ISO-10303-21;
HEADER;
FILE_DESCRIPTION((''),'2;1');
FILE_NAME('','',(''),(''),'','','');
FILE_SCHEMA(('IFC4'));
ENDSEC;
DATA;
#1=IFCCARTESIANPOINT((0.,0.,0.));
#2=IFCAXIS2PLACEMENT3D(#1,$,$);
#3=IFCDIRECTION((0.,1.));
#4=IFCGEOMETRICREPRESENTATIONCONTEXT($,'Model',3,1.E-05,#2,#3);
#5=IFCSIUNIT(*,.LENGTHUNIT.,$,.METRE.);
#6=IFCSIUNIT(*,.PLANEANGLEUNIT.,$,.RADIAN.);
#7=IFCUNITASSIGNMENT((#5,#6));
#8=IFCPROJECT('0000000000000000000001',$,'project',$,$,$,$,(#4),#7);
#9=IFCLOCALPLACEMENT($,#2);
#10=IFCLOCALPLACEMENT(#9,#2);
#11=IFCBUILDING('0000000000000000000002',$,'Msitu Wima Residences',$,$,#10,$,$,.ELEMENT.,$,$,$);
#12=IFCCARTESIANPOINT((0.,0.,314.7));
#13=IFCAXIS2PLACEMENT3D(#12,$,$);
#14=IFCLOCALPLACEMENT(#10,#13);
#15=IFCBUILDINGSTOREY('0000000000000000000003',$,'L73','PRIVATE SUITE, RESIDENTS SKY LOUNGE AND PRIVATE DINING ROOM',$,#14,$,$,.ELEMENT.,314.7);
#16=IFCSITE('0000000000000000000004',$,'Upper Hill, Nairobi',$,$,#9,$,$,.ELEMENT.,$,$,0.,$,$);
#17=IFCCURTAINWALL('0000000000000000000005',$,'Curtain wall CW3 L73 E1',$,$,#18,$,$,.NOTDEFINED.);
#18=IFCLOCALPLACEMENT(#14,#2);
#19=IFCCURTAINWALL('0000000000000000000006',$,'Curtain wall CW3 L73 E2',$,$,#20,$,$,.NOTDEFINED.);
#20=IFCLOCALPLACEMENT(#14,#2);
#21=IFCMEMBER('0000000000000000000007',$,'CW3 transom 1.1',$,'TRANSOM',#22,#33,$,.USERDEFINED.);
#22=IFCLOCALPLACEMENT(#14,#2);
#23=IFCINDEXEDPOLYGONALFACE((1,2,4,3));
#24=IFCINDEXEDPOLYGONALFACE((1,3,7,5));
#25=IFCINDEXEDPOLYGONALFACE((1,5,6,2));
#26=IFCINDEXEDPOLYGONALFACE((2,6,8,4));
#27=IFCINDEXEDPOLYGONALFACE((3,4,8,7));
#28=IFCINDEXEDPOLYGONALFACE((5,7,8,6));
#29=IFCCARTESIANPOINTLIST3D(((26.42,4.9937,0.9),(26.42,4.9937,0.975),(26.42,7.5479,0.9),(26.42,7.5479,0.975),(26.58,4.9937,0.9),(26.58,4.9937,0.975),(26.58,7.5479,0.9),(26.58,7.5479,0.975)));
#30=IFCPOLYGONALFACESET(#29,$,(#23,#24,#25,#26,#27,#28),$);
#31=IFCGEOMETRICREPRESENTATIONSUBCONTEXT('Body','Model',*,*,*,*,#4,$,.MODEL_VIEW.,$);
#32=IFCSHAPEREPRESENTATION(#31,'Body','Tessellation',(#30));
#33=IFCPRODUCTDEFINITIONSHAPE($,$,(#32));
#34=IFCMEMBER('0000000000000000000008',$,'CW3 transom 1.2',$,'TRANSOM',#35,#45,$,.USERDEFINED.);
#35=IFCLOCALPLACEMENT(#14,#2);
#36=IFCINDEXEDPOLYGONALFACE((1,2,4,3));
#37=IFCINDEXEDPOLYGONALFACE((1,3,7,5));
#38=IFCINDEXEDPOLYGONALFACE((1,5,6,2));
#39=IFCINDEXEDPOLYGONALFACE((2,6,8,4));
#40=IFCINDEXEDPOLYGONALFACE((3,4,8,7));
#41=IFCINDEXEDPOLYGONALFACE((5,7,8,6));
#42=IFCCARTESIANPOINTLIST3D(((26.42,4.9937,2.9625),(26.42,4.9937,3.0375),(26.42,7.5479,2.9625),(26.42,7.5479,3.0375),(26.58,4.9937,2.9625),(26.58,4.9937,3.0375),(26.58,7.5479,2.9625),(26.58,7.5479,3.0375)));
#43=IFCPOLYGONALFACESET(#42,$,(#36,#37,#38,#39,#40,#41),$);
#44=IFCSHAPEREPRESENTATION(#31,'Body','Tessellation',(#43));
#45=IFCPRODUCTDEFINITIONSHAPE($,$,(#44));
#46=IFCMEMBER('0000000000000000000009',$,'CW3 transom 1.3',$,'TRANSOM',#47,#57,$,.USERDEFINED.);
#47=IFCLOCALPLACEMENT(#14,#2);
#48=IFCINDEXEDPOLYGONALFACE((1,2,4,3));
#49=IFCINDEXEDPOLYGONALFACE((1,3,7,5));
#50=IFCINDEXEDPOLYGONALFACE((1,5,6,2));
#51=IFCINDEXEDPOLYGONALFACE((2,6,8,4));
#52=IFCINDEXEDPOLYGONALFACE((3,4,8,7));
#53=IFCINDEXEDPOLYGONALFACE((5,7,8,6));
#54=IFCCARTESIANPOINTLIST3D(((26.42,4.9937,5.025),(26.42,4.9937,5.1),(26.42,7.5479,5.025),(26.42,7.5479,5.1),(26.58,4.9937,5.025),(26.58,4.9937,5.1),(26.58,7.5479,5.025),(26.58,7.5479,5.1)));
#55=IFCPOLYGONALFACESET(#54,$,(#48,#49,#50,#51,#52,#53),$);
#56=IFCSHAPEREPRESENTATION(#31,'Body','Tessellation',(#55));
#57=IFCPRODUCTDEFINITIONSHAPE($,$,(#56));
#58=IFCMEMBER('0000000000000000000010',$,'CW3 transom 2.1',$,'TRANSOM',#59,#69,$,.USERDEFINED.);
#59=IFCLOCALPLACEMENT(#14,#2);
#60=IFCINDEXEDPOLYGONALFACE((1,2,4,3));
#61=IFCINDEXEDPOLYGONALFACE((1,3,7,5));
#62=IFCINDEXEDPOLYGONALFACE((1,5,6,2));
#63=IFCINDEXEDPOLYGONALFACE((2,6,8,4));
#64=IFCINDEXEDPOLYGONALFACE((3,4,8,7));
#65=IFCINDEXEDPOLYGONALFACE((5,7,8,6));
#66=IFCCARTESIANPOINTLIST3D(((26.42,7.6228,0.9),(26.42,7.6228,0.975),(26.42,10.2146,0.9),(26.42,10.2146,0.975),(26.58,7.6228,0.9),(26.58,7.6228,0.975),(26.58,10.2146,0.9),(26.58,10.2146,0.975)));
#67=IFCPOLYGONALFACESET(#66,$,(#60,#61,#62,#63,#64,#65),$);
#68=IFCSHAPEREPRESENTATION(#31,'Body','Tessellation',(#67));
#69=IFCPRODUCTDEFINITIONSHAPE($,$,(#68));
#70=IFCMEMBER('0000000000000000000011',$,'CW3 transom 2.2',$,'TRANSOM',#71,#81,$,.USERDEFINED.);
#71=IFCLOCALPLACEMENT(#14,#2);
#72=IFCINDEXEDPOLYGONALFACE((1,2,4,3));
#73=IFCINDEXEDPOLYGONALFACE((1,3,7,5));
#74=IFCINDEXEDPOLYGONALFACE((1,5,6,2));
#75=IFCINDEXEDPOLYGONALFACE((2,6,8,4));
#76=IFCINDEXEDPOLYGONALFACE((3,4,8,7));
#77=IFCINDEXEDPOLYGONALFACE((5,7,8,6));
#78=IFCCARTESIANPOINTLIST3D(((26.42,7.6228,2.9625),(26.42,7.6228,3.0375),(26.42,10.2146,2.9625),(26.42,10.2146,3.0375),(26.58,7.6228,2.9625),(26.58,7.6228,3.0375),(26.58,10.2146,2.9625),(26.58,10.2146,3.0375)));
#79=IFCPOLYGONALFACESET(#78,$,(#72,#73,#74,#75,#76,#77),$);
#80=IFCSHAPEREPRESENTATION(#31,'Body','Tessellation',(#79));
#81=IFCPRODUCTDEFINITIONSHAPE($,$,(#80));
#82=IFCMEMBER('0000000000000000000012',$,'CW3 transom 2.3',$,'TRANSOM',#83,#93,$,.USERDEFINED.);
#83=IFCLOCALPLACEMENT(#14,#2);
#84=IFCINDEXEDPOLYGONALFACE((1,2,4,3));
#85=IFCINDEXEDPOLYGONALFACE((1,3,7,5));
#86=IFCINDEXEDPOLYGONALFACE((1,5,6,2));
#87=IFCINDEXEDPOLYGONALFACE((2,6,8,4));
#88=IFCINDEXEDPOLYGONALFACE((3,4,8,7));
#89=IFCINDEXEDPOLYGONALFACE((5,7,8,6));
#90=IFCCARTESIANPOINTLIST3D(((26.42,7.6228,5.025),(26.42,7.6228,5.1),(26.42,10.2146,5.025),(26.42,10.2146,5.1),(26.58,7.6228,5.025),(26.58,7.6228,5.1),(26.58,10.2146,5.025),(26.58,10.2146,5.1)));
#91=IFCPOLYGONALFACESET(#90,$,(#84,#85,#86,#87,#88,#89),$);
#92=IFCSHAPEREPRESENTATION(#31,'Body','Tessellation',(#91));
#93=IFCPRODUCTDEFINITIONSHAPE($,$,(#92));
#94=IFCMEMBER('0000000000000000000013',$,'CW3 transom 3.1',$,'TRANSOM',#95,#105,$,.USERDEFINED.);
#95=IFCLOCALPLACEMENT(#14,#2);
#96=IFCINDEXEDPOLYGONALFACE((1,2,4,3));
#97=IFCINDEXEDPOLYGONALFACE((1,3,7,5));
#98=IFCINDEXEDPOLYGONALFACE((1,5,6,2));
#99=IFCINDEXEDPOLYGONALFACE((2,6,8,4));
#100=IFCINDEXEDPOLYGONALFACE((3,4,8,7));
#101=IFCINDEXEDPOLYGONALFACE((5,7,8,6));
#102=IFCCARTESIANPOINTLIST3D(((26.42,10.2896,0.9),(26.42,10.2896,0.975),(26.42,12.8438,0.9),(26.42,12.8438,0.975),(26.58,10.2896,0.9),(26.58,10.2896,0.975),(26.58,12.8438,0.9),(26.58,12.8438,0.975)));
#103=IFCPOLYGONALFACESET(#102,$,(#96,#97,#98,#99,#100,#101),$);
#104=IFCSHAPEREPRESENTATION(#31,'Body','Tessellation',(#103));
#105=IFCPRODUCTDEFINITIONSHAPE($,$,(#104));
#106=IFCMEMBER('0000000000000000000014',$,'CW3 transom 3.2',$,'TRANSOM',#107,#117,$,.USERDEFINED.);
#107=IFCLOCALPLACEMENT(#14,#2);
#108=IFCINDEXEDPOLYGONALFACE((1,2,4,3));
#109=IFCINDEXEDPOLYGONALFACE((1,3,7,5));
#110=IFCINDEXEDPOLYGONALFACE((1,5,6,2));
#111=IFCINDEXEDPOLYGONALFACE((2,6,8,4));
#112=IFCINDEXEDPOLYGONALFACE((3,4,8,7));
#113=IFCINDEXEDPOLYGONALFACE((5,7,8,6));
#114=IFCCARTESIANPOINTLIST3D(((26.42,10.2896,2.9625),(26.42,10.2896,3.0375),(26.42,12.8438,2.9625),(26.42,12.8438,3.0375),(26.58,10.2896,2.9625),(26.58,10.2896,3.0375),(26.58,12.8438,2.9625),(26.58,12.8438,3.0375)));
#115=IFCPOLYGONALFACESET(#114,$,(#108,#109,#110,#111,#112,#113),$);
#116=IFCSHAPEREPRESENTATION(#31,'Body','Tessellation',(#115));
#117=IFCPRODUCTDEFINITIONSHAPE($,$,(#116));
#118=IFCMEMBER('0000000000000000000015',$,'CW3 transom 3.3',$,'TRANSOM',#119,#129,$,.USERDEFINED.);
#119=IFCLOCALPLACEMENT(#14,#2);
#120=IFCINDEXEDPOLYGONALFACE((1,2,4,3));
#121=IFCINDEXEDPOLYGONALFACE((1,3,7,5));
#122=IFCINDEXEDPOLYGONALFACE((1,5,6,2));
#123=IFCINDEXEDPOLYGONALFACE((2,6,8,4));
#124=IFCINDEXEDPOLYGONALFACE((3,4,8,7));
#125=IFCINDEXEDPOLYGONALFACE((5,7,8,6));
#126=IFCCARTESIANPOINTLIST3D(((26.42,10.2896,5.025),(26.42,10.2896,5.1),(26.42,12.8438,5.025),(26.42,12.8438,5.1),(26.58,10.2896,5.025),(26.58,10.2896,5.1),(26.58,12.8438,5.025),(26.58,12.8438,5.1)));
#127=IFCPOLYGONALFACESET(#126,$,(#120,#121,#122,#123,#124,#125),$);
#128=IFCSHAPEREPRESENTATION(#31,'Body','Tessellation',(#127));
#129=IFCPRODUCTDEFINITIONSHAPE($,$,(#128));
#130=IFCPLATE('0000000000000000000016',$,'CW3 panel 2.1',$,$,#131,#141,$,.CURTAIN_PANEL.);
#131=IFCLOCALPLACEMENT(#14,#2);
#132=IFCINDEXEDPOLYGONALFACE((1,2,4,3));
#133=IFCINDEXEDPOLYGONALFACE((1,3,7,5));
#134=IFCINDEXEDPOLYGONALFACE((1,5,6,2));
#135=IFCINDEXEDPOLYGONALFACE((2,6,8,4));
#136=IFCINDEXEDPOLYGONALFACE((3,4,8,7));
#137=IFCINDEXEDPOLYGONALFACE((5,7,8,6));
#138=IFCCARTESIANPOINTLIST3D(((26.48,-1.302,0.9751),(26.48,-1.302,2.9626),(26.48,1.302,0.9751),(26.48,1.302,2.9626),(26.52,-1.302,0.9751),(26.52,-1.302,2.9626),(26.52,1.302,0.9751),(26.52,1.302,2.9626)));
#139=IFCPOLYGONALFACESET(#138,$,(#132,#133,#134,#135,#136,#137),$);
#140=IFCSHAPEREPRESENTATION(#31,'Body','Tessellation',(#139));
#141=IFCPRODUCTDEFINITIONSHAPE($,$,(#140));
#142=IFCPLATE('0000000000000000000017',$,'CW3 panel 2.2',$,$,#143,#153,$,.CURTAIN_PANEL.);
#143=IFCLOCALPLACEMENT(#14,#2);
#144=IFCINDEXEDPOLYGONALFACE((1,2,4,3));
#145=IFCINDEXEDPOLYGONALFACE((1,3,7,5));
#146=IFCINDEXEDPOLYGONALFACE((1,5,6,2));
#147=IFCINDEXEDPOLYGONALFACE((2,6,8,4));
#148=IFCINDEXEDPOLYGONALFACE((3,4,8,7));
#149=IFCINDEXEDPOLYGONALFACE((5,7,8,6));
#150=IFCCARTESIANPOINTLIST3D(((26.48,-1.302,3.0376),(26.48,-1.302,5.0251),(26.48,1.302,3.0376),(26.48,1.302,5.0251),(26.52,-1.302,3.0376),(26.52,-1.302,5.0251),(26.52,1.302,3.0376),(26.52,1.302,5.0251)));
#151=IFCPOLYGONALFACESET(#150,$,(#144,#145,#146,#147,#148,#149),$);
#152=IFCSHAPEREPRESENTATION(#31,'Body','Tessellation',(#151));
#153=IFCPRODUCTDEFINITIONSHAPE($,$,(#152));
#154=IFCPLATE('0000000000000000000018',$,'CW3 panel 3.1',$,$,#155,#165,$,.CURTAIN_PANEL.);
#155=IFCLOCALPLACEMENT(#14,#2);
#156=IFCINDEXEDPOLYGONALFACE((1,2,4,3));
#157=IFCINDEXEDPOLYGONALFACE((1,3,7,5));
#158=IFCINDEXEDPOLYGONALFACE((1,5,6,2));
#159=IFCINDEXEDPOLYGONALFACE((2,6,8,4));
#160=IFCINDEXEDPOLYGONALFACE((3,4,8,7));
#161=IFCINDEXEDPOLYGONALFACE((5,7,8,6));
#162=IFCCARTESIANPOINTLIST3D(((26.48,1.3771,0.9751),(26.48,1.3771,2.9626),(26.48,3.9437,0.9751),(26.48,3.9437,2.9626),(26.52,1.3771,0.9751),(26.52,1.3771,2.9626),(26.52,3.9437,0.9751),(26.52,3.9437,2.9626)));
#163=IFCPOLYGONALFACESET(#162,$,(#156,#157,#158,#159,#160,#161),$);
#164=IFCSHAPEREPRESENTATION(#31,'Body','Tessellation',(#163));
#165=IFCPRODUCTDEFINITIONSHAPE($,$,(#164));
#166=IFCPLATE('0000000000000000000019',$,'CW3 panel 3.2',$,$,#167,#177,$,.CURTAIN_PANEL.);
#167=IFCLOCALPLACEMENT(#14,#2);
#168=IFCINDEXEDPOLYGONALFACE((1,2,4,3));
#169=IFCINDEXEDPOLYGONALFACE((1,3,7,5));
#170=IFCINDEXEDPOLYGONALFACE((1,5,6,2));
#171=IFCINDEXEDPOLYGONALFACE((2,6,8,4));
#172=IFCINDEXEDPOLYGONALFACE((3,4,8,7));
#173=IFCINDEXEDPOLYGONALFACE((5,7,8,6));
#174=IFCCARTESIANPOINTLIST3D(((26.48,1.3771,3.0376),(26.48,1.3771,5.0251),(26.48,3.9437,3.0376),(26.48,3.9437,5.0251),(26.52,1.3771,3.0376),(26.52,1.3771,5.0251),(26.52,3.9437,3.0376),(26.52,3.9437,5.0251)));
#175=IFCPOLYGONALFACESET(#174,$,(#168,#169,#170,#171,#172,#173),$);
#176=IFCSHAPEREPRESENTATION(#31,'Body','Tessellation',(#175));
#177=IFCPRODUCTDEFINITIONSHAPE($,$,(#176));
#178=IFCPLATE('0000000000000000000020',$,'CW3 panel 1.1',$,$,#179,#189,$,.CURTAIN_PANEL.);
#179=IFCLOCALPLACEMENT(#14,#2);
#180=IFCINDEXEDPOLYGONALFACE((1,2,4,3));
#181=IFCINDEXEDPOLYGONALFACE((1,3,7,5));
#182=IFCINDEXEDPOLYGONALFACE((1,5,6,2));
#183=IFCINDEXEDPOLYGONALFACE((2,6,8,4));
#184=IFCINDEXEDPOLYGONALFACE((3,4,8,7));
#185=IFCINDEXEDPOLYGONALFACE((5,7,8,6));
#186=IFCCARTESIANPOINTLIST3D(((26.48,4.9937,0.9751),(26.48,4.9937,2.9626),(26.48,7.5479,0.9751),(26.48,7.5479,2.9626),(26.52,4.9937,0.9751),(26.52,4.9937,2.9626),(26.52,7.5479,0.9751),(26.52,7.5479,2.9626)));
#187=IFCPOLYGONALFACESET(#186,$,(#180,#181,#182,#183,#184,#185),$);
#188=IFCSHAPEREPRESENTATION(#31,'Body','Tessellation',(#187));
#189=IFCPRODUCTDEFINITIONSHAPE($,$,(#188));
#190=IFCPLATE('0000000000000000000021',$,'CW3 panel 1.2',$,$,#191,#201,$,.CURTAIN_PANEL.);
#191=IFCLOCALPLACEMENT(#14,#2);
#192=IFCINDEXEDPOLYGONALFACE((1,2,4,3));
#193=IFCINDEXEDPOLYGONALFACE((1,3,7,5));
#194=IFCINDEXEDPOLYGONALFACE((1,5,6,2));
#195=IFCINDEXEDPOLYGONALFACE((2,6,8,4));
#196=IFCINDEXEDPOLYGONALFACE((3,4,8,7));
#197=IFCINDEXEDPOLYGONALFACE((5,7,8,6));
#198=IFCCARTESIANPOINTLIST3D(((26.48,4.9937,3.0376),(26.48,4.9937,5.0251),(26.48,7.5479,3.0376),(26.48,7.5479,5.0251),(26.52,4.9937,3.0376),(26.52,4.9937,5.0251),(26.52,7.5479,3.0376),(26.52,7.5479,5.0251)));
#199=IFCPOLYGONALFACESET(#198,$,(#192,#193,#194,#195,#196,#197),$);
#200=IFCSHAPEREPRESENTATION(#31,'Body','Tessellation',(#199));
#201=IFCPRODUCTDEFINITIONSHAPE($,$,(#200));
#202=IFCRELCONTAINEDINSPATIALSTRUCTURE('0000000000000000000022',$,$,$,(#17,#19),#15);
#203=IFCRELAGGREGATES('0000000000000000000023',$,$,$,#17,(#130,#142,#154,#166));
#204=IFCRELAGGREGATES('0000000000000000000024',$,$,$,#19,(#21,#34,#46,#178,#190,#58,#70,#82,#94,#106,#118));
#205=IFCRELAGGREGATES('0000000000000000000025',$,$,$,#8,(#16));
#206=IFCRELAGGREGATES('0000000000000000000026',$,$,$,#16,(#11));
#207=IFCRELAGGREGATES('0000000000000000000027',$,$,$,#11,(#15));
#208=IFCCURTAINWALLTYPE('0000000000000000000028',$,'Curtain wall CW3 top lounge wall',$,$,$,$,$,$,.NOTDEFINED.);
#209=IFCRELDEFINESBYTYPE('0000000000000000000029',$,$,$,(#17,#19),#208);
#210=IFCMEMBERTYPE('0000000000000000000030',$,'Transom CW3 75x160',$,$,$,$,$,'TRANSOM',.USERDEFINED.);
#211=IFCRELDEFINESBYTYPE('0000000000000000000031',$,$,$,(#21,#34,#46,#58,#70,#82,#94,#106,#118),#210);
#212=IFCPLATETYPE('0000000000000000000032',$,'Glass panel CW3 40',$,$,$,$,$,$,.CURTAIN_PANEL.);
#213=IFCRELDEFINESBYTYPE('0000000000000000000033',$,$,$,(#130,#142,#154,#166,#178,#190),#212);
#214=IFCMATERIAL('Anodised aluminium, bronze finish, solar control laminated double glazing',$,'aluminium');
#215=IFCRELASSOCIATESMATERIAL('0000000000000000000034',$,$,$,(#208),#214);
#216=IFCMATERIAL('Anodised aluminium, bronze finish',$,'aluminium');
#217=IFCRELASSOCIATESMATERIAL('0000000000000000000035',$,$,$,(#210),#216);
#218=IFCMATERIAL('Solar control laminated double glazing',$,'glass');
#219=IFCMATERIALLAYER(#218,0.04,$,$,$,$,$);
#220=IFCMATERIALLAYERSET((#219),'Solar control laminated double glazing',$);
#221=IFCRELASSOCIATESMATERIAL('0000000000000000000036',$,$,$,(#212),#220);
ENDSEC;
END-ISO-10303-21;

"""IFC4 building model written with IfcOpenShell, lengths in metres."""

from ifc_helpers import new_model, si_unit, direction, frame, origin, origin_2d, place, context, subcontext, project, spatial, rectangle, extrude, material, layer, layer_set, material_profile, profile_set, type_object, element, aggregate, save


model = new_model("IFC4")

# Units and contexts
model_context = context("Model", 3, precision=1e-05, world=origin(), true_north=direction((0.0, 1.0)))
body_context = subcontext(model_context, "Body", "Model", "MODEL_VIEW")
ifc_project = project(units=[si_unit("LENGTHUNIT", "METRE"), si_unit("PLANEANGLEUNIT", "RADIAN")], contexts=[model_context])

# Site, building, storey
site_placement = place(None, origin())
site = spatial("IfcSite", under=ifc_project, at=site_placement, Name="Upper Hill, Nairobi", CompositionType="ELEMENT", RefElevation=0.0)
building_placement = place(site_placement, origin())
building = spatial("IfcBuilding", under=site, at=building_placement, Name="Msitu Wima Residences", CompositionType="ELEMENT")
storey_placement = place(building_placement, frame((0.0, 0.0, 314.7)))
storey = spatial("IfcBuildingStorey", under=building, at=storey_placement, Name="L73", Description="PRIVATE SUITE, RESIDENTS SKY LOUNGE AND PRIVATE DINING ROOM", CompositionType="ELEMENT", Elevation=314.7)

# Curtain walls
ifc_material_1 = material(Name="Anodised aluminium, bronze finish, solar control laminated double glazing", Category="aluminium")
curtain_wall_type = type_object("IfcCurtainWallType", Name="Curtain wall CW3 top lounge wall", PredefinedType="NOTDEFINED", material=ifc_material_1)
curtain_wall_1_placement = place(storey_placement, origin())
curtain_wall_1 = element("IfcCurtainWall", 1, at=curtain_wall_1_placement, inside=storey, type_object=curtain_wall_type, Name="Curtain wall CW3 L73 E1", PredefinedType="NOTDEFINED")
ifc_material_2 = material(Name="Anodised aluminium, bronze finish", Category="aluminium")
curtain_wall_2_placement = place(storey_placement, origin())
curtain_wall_2 = element("IfcCurtainWall", 2, at=curtain_wall_2_placement, inside=storey, type_object=curtain_wall_type, Name="Curtain wall CW3 L73 E2", PredefinedType="NOTDEFINED")

# Members
ifc_material_profile_1 = material_profile(ifc_material_2, rectangle(XDim=0.1599, YDim=0.075, at=origin_2d()), Name="Transom 75x160")
ifc_profile_set_1 = profile_set([ifc_material_profile_1], Name="Anodised aluminium, bronze finish")
member_type_1 = type_object("IfcMemberType", Name="Transom CW3 75x160", ElementType="TRANSOM", PredefinedType="USERDEFINED", material=ifc_profile_set_1)
member_1_placement = place(storey_placement, frame((26.5, 4.9937, 0.9375), z_axis=(0.0, 1.0, 0.0), x_axis=(-1.0, 0.0, 0.0)))
member_1 = element("IfcMember", 3, at=member_1_placement, type_object=member_type_1, Name="CW3 transom 1.1", ObjectType="TRANSOM", PredefinedType="USERDEFINED", context=body_context, shape_type="SweptSolid", body=[
    extrude(rectangle(XDim=0.1599, YDim=0.075, at=origin_2d()), origin(), (0.0, 0.0, 1.0), 2.5542),
])
member_2_placement = place(storey_placement, frame((26.5, 4.9937, 3.0), z_axis=(0.0, 1.0, 0.0), x_axis=(-1.0, 0.0, 0.0)))
member_2 = element("IfcMember", 4, at=member_2_placement, type_object=member_type_1, Name="CW3 transom 1.2", ObjectType="TRANSOM", PredefinedType="USERDEFINED", context=body_context, shape_type="SweptSolid", body=[
    extrude(rectangle(XDim=0.1599, YDim=0.075, at=origin_2d()), origin(), (0.0, 0.0, 1.0), 2.5542),
])
member_3_placement = place(storey_placement, frame((26.5, 4.9937, 5.0625), z_axis=(0.0, 1.0, 0.0), x_axis=(-1.0, 0.0, 0.0)))
member_3 = element("IfcMember", 5, at=member_3_placement, type_object=member_type_1, Name="CW3 transom 1.3", ObjectType="TRANSOM", PredefinedType="USERDEFINED", context=body_context, shape_type="SweptSolid", body=[
    extrude(rectangle(XDim=0.1599, YDim=0.075, at=origin_2d()), origin(), (0.0, 0.0, 1.0), 2.5542),
])
member_4_placement = place(storey_placement, frame((26.5, 7.6228, 0.9375), z_axis=(0.0, 1.0, 0.0), x_axis=(-1.0, 0.0, 0.0)))
member_4 = element("IfcMember", 6, at=member_4_placement, type_object=member_type_1, Name="CW3 transom 2.1", ObjectType="TRANSOM", PredefinedType="USERDEFINED", context=body_context, shape_type="SweptSolid", body=[
    extrude(rectangle(XDim=0.1599, YDim=0.075, at=origin_2d()), origin(), (0.0, 0.0, 1.0), 2.5918),
])
member_5_placement = place(storey_placement, frame((26.5, 7.6228, 3.0), z_axis=(0.0, 1.0, 0.0), x_axis=(-1.0, 0.0, 0.0)))
member_5 = element("IfcMember", 7, at=member_5_placement, type_object=member_type_1, Name="CW3 transom 2.2", ObjectType="TRANSOM", PredefinedType="USERDEFINED", context=body_context, shape_type="SweptSolid", body=[
    extrude(rectangle(XDim=0.1599, YDim=0.075, at=origin_2d()), origin(), (0.0, 0.0, 1.0), 2.5918),
])
member_6_placement = place(storey_placement, frame((26.5, 7.6228, 5.0625), z_axis=(0.0, 1.0, 0.0), x_axis=(-1.0, 0.0, 0.0)))
member_6 = element("IfcMember", 8, at=member_6_placement, type_object=member_type_1, Name="CW3 transom 2.3", ObjectType="TRANSOM", PredefinedType="USERDEFINED", context=body_context, shape_type="SweptSolid", body=[
    extrude(rectangle(XDim=0.1599, YDim=0.075, at=origin_2d()), origin(), (0.0, 0.0, 1.0), 2.5918),
])
member_7_placement = place(storey_placement, frame((26.5, 10.2896, 0.9375), z_axis=(0.0, 1.0, 0.0), x_axis=(-1.0, 0.0, 0.0)))
member_7 = element("IfcMember", 9, at=member_7_placement, type_object=member_type_1, Name="CW3 transom 3.1", ObjectType="TRANSOM", PredefinedType="USERDEFINED", context=body_context, shape_type="SweptSolid", body=[
    extrude(rectangle(XDim=0.1599, YDim=0.075, at=origin_2d()), origin(), (0.0, 0.0, 1.0), 2.5542),
])
member_8_placement = place(storey_placement, frame((26.5, 10.2896, 3.0), z_axis=(0.0, 1.0, 0.0), x_axis=(-1.0, 0.0, 0.0)))
member_8 = element("IfcMember", 10, at=member_8_placement, type_object=member_type_1, Name="CW3 transom 3.2", ObjectType="TRANSOM", PredefinedType="USERDEFINED", context=body_context, shape_type="SweptSolid", body=[
    extrude(rectangle(XDim=0.1599, YDim=0.075, at=origin_2d()), origin(), (0.0, 0.0, 1.0), 2.5542),
])
member_9_placement = place(storey_placement, frame((26.5, 10.2896, 5.0625), z_axis=(0.0, 1.0, 0.0), x_axis=(-1.0, 0.0, 0.0)))
member_9 = element("IfcMember", 11, at=member_9_placement, type_object=member_type_1, Name="CW3 transom 3.3", ObjectType="TRANSOM", PredefinedType="USERDEFINED", context=body_context, shape_type="SweptSolid", body=[
    extrude(rectangle(XDim=0.1599, YDim=0.075, at=origin_2d()), origin(), (0.0, 0.0, 1.0), 2.5542),
])

# Plates
ifc_material_3 = material(Name="Solar control laminated double glazing", Category="glass")
ifc_layer_1 = layer(ifc_material_3, 0.04)
ifc_layer_set_1 = layer_set([ifc_layer_1], Name="Solar control laminated double glazing")
plate_type = type_object("IfcPlateType", Name="Glass panel CW3 40", PredefinedType="CURTAIN_PANEL", material=ifc_layer_set_1)
plate_1_placement = place(storey_placement, frame((26.5, 0.0, 0.9751), z_axis=(0.0, 0.0, 1.0), x_axis=(0.0, 1.0, 0.0)))
plate_1 = element("IfcPlate", 12, at=plate_1_placement, type_object=plate_type, Name="CW3 panel 2.1", PredefinedType="CURTAIN_PANEL", context=body_context, shape_type="SweptSolid", body=[
    extrude(rectangle(XDim=2.604, YDim=0.04, at=origin_2d()), origin(), (0.0, 0.0, 1.0), 1.9875),
])
plate_2_placement = place(storey_placement, frame((26.5, 0.0, 3.0376), z_axis=(0.0, 0.0, 1.0), x_axis=(0.0, 1.0, 0.0)))
plate_2 = element("IfcPlate", 13, at=plate_2_placement, type_object=plate_type, Name="CW3 panel 2.2", PredefinedType="CURTAIN_PANEL", context=body_context, shape_type="SweptSolid", body=[
    extrude(rectangle(XDim=2.604, YDim=0.04, at=origin_2d()), origin(), (0.0, 0.0, 1.0), 1.9875),
])
plate_3_placement = place(storey_placement, frame((26.5, 2.6604, 0.9751), z_axis=(0.0, 0.0, 1.0), x_axis=(0.0, 1.0, 0.0)))
plate_3 = element("IfcPlate", 14, at=plate_3_placement, type_object=plate_type, Name="CW3 panel 3.1", PredefinedType="CURTAIN_PANEL", context=body_context, shape_type="SweptSolid", body=[
    extrude(rectangle(XDim=2.5667, YDim=0.04, at=origin_2d()), origin(), (0.0, 0.0, 1.0), 1.9875),
])
plate_4_placement = place(storey_placement, frame((26.5, 2.6604, 3.0376), z_axis=(0.0, 0.0, 1.0), x_axis=(0.0, 1.0, 0.0)))
plate_4 = element("IfcPlate", 15, at=plate_4_placement, type_object=plate_type, Name="CW3 panel 3.2", PredefinedType="CURTAIN_PANEL", context=body_context, shape_type="SweptSolid", body=[
    extrude(rectangle(XDim=2.5667, YDim=0.04, at=origin_2d()), origin(), (0.0, 0.0, 1.0), 1.9875),
])
aggregate(curtain_wall_1, [plate_1, plate_2, plate_3, plate_4])
plate_5_placement = place(storey_placement, frame((26.5, 6.2708, 0.9751), z_axis=(0.0, 0.0, 1.0), x_axis=(0.0, 1.0, 0.0)))
plate_5 = element("IfcPlate", 16, at=plate_5_placement, type_object=plate_type, Name="CW3 panel 1.1", PredefinedType="CURTAIN_PANEL", context=body_context, shape_type="SweptSolid", body=[
    extrude(rectangle(XDim=2.5542, YDim=0.04, at=origin_2d()), origin(), (0.0, 0.0, 1.0), 1.9875),
])
plate_6_placement = place(storey_placement, frame((26.5, 6.2708, 3.0376), z_axis=(0.0, 0.0, 1.0), x_axis=(0.0, 1.0, 0.0)))
plate_6 = element("IfcPlate", 17, at=plate_6_placement, type_object=plate_type, Name="CW3 panel 1.2", PredefinedType="CURTAIN_PANEL", context=body_context, shape_type="SweptSolid", body=[
    extrude(rectangle(XDim=2.5542, YDim=0.04, at=origin_2d()), origin(), (0.0, 0.0, 1.0), 1.9875),
])
aggregate(curtain_wall_2, [member_1, member_2, member_3, plate_5, plate_6, member_4, member_5, member_6, member_7, member_8, member_9])

save(model, "model.ifc")
